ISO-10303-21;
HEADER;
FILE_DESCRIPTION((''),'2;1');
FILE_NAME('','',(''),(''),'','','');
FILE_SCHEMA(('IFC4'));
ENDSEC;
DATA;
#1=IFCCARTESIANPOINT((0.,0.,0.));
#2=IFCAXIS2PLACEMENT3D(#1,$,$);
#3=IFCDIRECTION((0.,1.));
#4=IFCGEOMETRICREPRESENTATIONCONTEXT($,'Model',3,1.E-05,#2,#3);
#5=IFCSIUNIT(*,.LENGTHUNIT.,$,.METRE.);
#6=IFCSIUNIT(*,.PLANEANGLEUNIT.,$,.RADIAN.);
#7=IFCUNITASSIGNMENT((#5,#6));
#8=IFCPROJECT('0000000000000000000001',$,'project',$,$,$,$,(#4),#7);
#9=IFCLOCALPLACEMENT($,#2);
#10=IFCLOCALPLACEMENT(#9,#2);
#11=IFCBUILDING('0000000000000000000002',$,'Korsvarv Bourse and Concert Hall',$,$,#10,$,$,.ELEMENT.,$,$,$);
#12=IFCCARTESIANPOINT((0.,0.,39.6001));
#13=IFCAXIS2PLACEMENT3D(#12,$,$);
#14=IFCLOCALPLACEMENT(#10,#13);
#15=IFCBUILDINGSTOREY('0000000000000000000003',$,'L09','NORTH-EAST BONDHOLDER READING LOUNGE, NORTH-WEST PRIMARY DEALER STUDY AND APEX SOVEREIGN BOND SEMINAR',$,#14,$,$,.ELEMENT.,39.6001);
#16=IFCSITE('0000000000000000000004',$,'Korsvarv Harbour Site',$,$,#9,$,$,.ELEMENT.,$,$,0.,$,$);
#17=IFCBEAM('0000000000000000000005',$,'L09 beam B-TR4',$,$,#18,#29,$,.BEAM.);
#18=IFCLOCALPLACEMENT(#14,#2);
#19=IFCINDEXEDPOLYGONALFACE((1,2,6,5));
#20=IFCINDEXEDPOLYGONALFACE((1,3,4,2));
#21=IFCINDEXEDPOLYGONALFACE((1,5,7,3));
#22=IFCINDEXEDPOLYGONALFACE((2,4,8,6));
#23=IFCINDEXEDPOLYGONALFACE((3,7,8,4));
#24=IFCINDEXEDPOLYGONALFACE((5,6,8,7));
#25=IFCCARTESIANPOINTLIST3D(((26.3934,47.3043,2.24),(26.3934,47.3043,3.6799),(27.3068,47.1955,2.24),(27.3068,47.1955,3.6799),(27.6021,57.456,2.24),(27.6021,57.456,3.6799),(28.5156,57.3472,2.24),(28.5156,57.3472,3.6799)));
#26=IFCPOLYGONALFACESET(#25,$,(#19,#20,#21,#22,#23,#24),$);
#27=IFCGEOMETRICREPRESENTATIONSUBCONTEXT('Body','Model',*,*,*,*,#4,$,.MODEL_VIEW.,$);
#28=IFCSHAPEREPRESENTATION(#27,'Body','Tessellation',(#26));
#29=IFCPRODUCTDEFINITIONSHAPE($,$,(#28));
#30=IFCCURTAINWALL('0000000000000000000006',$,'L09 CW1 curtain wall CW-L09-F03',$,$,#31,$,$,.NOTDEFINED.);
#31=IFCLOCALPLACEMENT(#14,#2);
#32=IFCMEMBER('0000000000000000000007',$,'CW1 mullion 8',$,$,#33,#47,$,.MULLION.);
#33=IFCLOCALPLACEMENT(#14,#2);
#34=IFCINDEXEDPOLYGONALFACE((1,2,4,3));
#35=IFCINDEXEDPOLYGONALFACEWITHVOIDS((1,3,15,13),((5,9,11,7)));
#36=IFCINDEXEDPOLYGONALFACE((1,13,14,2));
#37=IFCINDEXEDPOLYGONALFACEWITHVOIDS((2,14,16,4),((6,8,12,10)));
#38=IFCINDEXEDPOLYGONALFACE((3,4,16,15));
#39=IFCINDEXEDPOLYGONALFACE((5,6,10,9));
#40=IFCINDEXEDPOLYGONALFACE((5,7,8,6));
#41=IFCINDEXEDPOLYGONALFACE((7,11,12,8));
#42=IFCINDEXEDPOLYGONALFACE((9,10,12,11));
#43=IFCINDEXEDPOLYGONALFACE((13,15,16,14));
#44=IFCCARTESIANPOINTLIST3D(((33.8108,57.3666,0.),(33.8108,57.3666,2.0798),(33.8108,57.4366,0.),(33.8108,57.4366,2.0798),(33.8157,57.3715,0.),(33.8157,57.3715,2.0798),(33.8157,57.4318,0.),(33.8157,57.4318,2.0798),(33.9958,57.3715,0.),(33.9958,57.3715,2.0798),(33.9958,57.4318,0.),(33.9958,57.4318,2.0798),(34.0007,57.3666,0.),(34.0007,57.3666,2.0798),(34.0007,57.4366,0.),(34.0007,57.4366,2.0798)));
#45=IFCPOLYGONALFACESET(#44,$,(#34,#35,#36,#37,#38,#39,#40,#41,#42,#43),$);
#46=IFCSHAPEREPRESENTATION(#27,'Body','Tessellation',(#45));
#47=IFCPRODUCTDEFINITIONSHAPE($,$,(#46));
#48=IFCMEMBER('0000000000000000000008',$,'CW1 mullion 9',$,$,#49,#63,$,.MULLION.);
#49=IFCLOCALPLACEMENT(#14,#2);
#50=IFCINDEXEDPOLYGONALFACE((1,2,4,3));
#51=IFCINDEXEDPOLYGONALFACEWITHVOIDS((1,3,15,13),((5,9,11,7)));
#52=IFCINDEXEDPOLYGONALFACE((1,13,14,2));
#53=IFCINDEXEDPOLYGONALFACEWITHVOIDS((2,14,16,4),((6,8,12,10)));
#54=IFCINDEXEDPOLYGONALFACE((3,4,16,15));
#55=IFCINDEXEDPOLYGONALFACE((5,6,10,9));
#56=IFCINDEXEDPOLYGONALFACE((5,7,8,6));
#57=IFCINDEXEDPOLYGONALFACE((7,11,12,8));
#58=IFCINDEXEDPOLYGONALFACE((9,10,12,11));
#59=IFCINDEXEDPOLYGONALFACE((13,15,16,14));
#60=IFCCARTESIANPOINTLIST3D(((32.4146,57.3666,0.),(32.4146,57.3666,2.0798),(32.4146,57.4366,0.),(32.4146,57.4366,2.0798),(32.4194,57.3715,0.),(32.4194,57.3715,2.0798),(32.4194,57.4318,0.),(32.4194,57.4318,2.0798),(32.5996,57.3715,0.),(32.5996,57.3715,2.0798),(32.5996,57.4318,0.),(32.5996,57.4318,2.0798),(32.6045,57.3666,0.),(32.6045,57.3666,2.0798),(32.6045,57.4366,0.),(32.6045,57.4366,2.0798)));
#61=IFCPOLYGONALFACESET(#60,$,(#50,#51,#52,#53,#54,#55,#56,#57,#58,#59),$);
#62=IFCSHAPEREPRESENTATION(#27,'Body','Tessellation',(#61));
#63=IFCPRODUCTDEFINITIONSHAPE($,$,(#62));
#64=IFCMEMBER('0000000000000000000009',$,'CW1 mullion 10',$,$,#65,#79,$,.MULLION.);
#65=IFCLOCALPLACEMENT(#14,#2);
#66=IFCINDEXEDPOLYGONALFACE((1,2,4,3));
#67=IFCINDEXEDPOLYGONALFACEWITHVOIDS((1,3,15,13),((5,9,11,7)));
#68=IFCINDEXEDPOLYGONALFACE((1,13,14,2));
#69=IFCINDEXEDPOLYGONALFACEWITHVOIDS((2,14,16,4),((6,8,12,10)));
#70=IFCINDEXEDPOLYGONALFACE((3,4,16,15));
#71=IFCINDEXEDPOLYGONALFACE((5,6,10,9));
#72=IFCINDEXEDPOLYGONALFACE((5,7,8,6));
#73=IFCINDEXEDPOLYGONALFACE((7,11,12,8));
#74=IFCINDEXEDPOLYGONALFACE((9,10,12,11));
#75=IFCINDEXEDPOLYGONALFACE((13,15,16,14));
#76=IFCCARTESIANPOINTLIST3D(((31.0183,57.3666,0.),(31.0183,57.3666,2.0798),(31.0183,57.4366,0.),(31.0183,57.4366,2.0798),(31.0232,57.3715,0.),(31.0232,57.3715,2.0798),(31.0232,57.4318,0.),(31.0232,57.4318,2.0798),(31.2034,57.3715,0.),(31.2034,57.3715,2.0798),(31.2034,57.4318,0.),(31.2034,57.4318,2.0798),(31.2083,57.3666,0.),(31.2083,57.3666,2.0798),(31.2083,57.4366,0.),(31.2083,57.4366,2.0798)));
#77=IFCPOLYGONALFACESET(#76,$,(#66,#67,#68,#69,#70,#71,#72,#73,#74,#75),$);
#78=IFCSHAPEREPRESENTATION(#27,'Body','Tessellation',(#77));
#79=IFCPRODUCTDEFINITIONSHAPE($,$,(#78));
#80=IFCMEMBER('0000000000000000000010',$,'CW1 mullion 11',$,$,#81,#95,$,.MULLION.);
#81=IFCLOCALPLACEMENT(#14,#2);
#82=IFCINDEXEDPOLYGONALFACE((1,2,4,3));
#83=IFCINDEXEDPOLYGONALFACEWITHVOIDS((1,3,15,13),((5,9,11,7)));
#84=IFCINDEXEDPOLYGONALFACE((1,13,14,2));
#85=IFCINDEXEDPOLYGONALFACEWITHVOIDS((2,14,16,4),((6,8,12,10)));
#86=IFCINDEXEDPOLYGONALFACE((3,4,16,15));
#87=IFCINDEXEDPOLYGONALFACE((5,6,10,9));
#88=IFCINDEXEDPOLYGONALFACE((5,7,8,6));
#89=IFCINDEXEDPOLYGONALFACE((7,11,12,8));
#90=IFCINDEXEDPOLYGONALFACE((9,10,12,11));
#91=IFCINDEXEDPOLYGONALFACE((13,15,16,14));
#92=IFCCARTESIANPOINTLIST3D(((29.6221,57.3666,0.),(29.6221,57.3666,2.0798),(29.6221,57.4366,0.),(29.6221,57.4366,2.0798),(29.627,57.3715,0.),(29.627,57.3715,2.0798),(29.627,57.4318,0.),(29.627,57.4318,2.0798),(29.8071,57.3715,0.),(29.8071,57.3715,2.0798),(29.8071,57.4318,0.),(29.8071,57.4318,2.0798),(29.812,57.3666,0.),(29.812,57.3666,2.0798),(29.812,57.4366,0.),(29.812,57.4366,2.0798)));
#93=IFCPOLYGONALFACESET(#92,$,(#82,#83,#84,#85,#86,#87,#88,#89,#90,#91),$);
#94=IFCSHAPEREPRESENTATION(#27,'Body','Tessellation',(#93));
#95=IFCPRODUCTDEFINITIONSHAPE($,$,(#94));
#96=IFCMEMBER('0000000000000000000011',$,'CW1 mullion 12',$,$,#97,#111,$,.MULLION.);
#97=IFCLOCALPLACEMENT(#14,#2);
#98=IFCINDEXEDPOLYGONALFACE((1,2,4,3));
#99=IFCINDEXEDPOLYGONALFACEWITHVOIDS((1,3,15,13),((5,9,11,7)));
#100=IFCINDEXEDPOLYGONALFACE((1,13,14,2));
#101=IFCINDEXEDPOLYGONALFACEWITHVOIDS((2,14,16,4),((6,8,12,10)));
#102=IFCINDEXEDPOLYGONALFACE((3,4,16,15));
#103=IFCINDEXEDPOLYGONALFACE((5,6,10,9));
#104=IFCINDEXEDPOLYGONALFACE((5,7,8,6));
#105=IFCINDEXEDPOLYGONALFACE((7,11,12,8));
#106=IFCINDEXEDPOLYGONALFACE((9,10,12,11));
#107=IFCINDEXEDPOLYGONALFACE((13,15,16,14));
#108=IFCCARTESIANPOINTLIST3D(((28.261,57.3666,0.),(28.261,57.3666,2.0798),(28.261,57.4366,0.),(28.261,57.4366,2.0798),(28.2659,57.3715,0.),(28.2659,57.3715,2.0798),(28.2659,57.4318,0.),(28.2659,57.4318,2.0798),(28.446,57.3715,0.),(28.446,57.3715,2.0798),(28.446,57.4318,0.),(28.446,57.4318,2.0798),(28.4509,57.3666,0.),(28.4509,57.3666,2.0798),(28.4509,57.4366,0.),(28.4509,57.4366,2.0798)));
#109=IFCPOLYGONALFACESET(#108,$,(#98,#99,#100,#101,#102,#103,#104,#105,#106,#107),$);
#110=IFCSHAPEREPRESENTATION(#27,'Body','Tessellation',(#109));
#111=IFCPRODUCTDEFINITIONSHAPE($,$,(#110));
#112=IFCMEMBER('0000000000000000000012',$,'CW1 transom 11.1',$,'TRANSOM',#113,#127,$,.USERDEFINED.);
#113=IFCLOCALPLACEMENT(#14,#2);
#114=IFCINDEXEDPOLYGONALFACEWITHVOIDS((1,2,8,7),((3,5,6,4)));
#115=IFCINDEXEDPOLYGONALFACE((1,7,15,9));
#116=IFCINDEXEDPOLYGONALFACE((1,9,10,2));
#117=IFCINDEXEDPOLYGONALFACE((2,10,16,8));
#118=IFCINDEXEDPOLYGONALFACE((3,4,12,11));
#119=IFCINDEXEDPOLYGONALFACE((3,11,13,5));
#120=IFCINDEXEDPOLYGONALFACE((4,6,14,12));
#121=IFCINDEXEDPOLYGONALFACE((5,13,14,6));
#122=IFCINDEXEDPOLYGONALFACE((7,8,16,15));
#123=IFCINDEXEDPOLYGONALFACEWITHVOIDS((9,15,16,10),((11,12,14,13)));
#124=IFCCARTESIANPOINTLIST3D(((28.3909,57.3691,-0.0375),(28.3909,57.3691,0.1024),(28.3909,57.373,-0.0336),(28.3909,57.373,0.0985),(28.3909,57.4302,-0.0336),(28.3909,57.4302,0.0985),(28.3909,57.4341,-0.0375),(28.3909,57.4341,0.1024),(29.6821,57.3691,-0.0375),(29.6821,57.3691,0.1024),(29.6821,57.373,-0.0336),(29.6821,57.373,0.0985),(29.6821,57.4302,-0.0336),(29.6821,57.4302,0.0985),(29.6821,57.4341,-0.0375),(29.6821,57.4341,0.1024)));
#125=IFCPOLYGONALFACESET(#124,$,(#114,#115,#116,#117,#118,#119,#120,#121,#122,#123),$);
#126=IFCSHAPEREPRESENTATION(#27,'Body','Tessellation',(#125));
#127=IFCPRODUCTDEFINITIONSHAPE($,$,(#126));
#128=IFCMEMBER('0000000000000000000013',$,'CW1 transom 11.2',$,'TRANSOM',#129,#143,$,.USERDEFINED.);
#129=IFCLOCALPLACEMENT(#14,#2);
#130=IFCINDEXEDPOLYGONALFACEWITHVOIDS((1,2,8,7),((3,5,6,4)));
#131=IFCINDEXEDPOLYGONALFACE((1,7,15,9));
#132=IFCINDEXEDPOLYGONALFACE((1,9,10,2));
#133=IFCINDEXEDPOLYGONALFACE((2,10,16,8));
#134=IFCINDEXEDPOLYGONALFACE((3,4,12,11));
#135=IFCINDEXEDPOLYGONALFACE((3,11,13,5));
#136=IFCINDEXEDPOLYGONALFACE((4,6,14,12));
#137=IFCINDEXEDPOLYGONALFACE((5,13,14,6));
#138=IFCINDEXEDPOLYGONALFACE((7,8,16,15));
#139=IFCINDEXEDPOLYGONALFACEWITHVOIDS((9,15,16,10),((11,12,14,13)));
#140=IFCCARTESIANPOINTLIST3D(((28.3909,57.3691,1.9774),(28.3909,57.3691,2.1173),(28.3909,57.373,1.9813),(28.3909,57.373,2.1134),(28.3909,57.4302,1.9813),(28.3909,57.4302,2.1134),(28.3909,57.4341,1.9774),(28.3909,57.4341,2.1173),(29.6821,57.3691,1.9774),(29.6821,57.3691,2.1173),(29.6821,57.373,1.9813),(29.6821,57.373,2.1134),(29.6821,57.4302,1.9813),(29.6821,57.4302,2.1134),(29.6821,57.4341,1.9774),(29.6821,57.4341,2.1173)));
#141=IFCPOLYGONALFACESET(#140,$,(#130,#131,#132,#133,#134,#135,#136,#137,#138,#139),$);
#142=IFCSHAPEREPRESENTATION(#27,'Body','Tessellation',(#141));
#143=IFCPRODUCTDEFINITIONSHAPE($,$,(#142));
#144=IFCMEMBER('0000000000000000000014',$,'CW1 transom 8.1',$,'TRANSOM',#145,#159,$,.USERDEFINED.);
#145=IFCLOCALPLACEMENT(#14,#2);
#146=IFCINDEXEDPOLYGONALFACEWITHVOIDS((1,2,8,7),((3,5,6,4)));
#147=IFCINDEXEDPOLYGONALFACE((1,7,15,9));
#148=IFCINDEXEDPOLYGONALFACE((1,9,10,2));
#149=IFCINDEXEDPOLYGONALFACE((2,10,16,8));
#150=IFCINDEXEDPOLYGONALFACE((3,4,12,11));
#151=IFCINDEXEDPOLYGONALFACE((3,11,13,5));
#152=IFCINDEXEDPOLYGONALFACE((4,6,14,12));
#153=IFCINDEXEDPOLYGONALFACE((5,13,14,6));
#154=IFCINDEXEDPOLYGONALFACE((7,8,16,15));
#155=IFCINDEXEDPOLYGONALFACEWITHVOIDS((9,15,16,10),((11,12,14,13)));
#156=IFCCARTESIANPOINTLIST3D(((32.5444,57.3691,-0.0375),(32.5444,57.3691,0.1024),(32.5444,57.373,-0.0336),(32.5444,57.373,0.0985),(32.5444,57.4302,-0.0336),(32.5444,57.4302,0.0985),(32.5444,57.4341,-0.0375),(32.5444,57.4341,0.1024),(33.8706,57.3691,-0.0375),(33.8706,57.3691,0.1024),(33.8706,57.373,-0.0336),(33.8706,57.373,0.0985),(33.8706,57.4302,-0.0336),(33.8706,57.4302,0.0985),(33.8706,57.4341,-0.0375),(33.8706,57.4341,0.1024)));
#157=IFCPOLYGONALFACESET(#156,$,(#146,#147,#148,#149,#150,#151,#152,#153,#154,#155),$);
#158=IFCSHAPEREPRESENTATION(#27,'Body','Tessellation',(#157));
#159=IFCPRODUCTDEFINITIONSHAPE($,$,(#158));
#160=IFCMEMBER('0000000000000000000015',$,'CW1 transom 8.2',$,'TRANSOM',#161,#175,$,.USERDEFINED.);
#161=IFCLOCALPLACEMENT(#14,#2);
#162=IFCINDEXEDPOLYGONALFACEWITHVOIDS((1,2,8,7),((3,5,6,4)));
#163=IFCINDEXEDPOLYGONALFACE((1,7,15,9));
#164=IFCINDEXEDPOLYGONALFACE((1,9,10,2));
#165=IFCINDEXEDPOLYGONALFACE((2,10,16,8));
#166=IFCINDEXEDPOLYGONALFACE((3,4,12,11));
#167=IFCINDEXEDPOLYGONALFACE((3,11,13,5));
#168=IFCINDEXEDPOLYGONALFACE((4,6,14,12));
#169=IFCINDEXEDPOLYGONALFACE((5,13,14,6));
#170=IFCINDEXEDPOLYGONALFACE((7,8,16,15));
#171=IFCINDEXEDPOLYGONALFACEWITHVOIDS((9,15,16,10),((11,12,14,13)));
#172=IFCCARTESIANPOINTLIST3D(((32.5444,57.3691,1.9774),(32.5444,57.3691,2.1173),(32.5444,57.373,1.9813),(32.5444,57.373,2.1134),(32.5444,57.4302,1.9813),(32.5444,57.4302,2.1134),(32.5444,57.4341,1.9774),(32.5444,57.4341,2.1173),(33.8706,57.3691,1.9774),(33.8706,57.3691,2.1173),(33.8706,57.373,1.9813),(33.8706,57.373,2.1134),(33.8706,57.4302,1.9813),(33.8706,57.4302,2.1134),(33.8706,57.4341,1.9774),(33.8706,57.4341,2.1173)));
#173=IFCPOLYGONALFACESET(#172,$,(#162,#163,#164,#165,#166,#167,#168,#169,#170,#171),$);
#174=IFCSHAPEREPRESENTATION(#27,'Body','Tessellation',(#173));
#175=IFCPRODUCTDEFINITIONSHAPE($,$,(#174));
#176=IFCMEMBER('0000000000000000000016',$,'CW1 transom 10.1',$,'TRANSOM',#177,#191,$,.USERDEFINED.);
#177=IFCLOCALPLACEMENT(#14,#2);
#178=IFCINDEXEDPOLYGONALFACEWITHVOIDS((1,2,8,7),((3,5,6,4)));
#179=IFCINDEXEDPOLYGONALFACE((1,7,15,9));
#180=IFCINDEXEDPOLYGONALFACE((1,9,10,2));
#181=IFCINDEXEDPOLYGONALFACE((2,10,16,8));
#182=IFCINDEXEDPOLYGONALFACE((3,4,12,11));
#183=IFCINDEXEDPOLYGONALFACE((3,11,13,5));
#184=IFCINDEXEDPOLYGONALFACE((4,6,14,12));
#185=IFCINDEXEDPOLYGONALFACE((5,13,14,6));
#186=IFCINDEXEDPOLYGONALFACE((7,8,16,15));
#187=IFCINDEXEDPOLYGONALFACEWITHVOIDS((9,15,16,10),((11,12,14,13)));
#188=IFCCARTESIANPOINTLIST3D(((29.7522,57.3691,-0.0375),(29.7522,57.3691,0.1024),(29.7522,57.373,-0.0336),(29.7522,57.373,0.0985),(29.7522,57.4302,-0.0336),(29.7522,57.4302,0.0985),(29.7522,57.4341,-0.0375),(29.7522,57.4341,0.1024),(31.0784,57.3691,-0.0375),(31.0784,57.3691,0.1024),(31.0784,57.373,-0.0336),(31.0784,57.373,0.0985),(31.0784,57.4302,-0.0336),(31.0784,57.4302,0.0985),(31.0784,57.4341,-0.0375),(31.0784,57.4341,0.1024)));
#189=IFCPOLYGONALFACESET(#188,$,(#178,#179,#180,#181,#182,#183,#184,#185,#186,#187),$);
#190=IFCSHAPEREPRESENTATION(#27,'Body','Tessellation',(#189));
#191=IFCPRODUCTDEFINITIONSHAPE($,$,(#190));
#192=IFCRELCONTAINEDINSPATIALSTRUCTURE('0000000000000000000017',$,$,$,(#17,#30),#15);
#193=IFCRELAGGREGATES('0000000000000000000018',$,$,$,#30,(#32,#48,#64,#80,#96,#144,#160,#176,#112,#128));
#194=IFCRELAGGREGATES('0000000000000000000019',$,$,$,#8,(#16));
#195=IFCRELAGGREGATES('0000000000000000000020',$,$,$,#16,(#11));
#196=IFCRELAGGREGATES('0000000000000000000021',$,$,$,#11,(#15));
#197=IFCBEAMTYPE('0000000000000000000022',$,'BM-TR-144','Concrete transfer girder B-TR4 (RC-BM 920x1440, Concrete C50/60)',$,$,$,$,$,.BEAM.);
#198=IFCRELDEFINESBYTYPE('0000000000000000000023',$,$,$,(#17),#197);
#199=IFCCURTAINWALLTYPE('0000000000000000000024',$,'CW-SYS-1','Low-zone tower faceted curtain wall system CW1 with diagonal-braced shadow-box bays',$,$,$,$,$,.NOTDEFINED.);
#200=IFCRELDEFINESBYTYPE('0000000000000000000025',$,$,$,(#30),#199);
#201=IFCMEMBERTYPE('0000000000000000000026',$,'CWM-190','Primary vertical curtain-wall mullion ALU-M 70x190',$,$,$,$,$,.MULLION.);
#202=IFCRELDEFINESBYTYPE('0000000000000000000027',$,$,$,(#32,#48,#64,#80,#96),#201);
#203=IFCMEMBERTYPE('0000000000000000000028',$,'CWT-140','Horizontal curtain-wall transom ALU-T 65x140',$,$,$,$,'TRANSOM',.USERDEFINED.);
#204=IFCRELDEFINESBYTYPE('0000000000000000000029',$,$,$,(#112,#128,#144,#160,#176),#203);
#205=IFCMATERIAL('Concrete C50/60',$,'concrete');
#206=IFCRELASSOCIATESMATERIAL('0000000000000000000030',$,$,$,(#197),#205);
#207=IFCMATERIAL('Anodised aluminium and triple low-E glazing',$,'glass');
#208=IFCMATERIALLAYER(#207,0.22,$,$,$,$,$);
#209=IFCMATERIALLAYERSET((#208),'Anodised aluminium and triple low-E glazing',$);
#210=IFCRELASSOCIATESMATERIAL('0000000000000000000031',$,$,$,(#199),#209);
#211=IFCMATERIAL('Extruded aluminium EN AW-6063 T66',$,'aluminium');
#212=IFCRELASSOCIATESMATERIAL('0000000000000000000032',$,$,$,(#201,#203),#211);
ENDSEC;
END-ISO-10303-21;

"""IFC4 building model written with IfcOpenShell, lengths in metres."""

from ifc_helpers import new_model, si_unit, direction, frame, origin, origin_2d, place, context, subcontext, project, spatial, rectangle, hollow_rectangle, extrude, source, transform, mapped, material, layer, layer_set, material_profile, profile_set, type_object, element, aggregate, save


model = new_model("IFC4")

# Units and contexts
model_context = context("Model", 3, precision=1e-05, world=origin(), true_north=direction((0.0, 1.0)))
body_context = subcontext(model_context, "Body", "Model", "MODEL_VIEW")
ifc_project = project(units=[si_unit("LENGTHUNIT", "METRE"), si_unit("PLANEANGLEUNIT", "RADIAN")], contexts=[model_context])

# Site, building, storey
site_placement = place(None, origin())
site = spatial("IfcSite", under=ifc_project, at=site_placement, Name="Korsvarv Harbour Site", CompositionType="ELEMENT", RefElevation=0.0)
building_placement = place(site_placement, origin())
building = spatial("IfcBuilding", under=site, at=building_placement, Name="Korsvarv Bourse and Concert Hall", CompositionType="ELEMENT")
storey_placement = place(building_placement, frame((0.0, 0.0, 39.6001)))
storey = spatial("IfcBuildingStorey", under=building, at=storey_placement, Name="L09", Description="NORTH-EAST BONDHOLDER READING LOUNGE, NORTH-WEST PRIMARY DEALER STUDY AND APEX SOVEREIGN BOND SEMINAR", CompositionType="ELEMENT", Elevation=39.6001)

# Beam
ifc_material_1 = material(Name="Concrete C50/60", Category="concrete")
ifc_material_profile_1 = material_profile(ifc_material_1, rectangle(XDim=0.9199, YDim=1.4399, at=origin_2d()), Name="RC-BM 920x1440")
ifc_profile_set_1 = profile_set([ifc_material_profile_1], Name="Concrete C50/60")
beam_type = type_object("IfcBeamType", Name="BM-TR-144", Description="Concrete transfer girder B-TR4 (RC-BM 920x1440, Concrete C50/60)", PredefinedType="BEAM", material=ifc_profile_set_1)
shared_shape_1 = source(origin(), body_context, "Body", "SweptSolid", [
    extrude(rectangle(XDim=0.9199, YDim=1.4399, at=origin_2d()), origin(), (0.0, 0.0, 1.0), 10.2234),
])
beam_placement = place(storey_placement, frame((28.0588, 57.4016, 2.96), z_axis=(-0.118234, -0.992986, 0.0), x_axis=(0.992986, -0.118234, 0.0)))
element("IfcBeam", 1, at=beam_placement, inside=storey, type_object=beam_type, Name="L09 beam B-TR4", PredefinedType="BEAM", context=body_context, shape_type="MappedRepresentation", body=[
    mapped(shared_shape_1, transform((0.0, 0.0, 0.0), scale=1.0)),
])

# Curtain wall, members
ifc_material_2 = material(Name="Anodised aluminium and triple low-E glazing", Category="glass")
ifc_layer_1 = layer(ifc_material_2, 0.22)
ifc_layer_set_1 = layer_set([ifc_layer_1], Name="Anodised aluminium and triple low-E glazing")
curtain_wall_type = type_object("IfcCurtainWallType", Name="CW-SYS-1", Description="Low-zone tower faceted curtain wall system CW1 with diagonal-braced shadow-box bays", PredefinedType="NOTDEFINED", material=ifc_layer_set_1)
curtain_wall_placement = place(storey_placement, origin())
curtain_wall = element("IfcCurtainWall", 2, at=curtain_wall_placement, inside=storey, type_object=curtain_wall_type, Name="L09 CW1 curtain wall CW-L09-F03", PredefinedType="NOTDEFINED")
ifc_material_3 = material(Name="Extruded aluminium EN AW-6063 T66", Category="aluminium")
ifc_material_profile_2 = material_profile(ifc_material_3, hollow_rectangle(XDim=0.0701, YDim=0.1899, WallThickness=0.0049, at=origin_2d()), Name="ALU-M 70x190")
ifc_profile_set_2 = profile_set([ifc_material_profile_2], Name="Extruded aluminium EN AW-6063 T66")
member_type_1 = type_object("IfcMemberType", Name="CWM-190", Description="Primary vertical curtain-wall mullion ALU-M 70x190", PredefinedType="MULLION", material=ifc_profile_set_2)
shared_shape_2 = source(origin(), body_context, "Body", "SweptSolid", [
    extrude(hollow_rectangle(XDim=0.0701, YDim=0.1899, WallThickness=0.0049, at=origin_2d()), origin(), (0.0, 0.0, 1.0), 2.0798),
])
member_1_placement = place(storey_placement, frame((33.9058, 57.4016, 0.0), z_axis=(0.0, 0.0, 1.0), x_axis=(0.0, -1.0, 0.0)))
member_1 = element("IfcMember", 3, at=member_1_placement, type_object=member_type_1, Name="CW1 mullion 8", PredefinedType="MULLION", context=body_context, shape_type="MappedRepresentation", body=[
    mapped(shared_shape_2, transform((0.0, 0.0, 0.0), scale=1.0)),
])
member_2_placement = place(storey_placement, frame((32.5095, 57.4016, 0.0), z_axis=(0.0, 0.0, 1.0), x_axis=(0.0, -1.0, 0.0)))
member_2 = element("IfcMember", 4, at=member_2_placement, type_object=member_type_1, Name="CW1 mullion 9", PredefinedType="MULLION", context=body_context, shape_type="MappedRepresentation", body=[
    mapped(shared_shape_2, transform((0.0, 0.0, 0.0), scale=1.0)),
])
member_3_placement = place(storey_placement, frame((31.1133, 57.4016, 0.0), z_axis=(0.0, 0.0, 1.0), x_axis=(0.0, -1.0, 0.0)))
member_3 = element("IfcMember", 5, at=member_3_placement, type_object=member_type_1, Name="CW1 mullion 10", PredefinedType="MULLION", context=body_context, shape_type="MappedRepresentation", body=[
    mapped(shared_shape_2, transform((0.0, 0.0, 0.0), scale=1.0)),
])
member_4_placement = place(storey_placement, frame((29.717, 57.4016, 0.0), z_axis=(0.0, 0.0, 1.0), x_axis=(0.0, -1.0, 0.0)))
member_4 = element("IfcMember", 6, at=member_4_placement, type_object=member_type_1, Name="CW1 mullion 11", PredefinedType="MULLION", context=body_context, shape_type="MappedRepresentation", body=[
    mapped(shared_shape_2, transform((0.0, 0.0, 0.0), scale=1.0)),
])
member_5_placement = place(storey_placement, frame((28.356, 57.4016, 0.0), z_axis=(0.0, 0.0, 1.0), x_axis=(0.0, -1.0, 0.0)))
member_5 = element("IfcMember", 7, at=member_5_placement, type_object=member_type_1, Name="CW1 mullion 12", PredefinedType="MULLION", context=body_context, shape_type="MappedRepresentation", body=[
    mapped(shared_shape_2, transform((0.0, 0.0, 0.0), scale=1.0)),
])
ifc_material_profile_3 = material_profile(ifc_material_3, hollow_rectangle(XDim=0.0649, YDim=0.1399, WallThickness=0.0039, at=origin_2d()), Name="ALU-T 65x140")
ifc_profile_set_3 = profile_set([ifc_material_profile_3], Name="Extruded aluminium EN AW-6063 T66")
member_type_2 = type_object("IfcMemberType", Name="CWT-140", Description="Horizontal curtain-wall transom ALU-T 65x140", ElementType="TRANSOM", PredefinedType="USERDEFINED", material=ifc_profile_set_3)
shared_shape_3 = source(origin(), body_context, "Body", "SweptSolid", [
    extrude(hollow_rectangle(XDim=0.0649, YDim=0.1399, WallThickness=0.0039, at=origin_2d()), origin(), (0.0, 0.0, 1.0), 1.2913),
])
member_6_placement = place(storey_placement, frame((29.6821, 57.4016, 0.0325), z_axis=(-1.0, 0.0, 0.0), x_axis=(0.0, -1.0, 0.0)))
member_6 = element("IfcMember", 8, at=member_6_placement, type_object=member_type_2, Name="CW1 transom 11.1", ObjectType="TRANSOM", PredefinedType="USERDEFINED", context=body_context, shape_type="MappedRepresentation", body=[
    mapped(shared_shape_3, transform((0.0, 0.0, 0.0), scale=1.0)),
])
member_7_placement = place(storey_placement, frame((29.6821, 57.4016, 2.0474), z_axis=(-1.0, 0.0, 0.0), x_axis=(0.0, -1.0, 0.0)))
member_7 = element("IfcMember", 9, at=member_7_placement, type_object=member_type_2, Name="CW1 transom 11.2", ObjectType="TRANSOM", PredefinedType="USERDEFINED", context=body_context, shape_type="MappedRepresentation", body=[
    mapped(shared_shape_3, transform((0.0, 0.0, 0.0), scale=1.0)),
])
shared_shape_4 = source(origin(), body_context, "Body", "SweptSolid", [
    extrude(hollow_rectangle(XDim=0.0649, YDim=0.1399, WallThickness=0.0039, at=origin_2d()), origin(), (0.0, 0.0, 1.0), 1.3262),
])
member_8_placement = place(storey_placement, frame((33.8706, 57.4016, 0.0325), z_axis=(-1.0, 0.0, 0.0), x_axis=(0.0, -1.0, 0.0)))
member_8 = element("IfcMember", 10, at=member_8_placement, type_object=member_type_2, Name="CW1 transom 8.1", ObjectType="TRANSOM", PredefinedType="USERDEFINED", context=body_context, shape_type="MappedRepresentation", body=[
    mapped(shared_shape_4, transform((0.0, 0.0, 0.0), scale=1.0)),
])
member_9_placement = place(storey_placement, frame((33.8706, 57.4016, 2.0474), z_axis=(-1.0, 0.0, 0.0), x_axis=(0.0, -1.0, 0.0)))
member_9 = element("IfcMember", 11, at=member_9_placement, type_object=member_type_2, Name="CW1 transom 8.2", ObjectType="TRANSOM", PredefinedType="USERDEFINED", context=body_context, shape_type="MappedRepresentation", body=[
    mapped(shared_shape_4, transform((0.0, 0.0, 0.0), scale=1.0)),
])
member_10_placement = place(storey_placement, frame((31.0784, 57.4016, 0.0325), z_axis=(-1.0, 0.0, 0.0), x_axis=(0.0, -1.0, 0.0)))
member_10 = element("IfcMember", 12, at=member_10_placement, type_object=member_type_2, Name="CW1 transom 10.1", ObjectType="TRANSOM", PredefinedType="USERDEFINED", context=body_context, shape_type="MappedRepresentation", body=[
    mapped(shared_shape_4, transform((0.0, 0.0, 0.0), scale=1.0)),
])
aggregate(curtain_wall, [member_1, member_2, member_3, member_4, member_5, member_8, member_9, member_10, member_6, member_7])

save(model, "model.ifc")
